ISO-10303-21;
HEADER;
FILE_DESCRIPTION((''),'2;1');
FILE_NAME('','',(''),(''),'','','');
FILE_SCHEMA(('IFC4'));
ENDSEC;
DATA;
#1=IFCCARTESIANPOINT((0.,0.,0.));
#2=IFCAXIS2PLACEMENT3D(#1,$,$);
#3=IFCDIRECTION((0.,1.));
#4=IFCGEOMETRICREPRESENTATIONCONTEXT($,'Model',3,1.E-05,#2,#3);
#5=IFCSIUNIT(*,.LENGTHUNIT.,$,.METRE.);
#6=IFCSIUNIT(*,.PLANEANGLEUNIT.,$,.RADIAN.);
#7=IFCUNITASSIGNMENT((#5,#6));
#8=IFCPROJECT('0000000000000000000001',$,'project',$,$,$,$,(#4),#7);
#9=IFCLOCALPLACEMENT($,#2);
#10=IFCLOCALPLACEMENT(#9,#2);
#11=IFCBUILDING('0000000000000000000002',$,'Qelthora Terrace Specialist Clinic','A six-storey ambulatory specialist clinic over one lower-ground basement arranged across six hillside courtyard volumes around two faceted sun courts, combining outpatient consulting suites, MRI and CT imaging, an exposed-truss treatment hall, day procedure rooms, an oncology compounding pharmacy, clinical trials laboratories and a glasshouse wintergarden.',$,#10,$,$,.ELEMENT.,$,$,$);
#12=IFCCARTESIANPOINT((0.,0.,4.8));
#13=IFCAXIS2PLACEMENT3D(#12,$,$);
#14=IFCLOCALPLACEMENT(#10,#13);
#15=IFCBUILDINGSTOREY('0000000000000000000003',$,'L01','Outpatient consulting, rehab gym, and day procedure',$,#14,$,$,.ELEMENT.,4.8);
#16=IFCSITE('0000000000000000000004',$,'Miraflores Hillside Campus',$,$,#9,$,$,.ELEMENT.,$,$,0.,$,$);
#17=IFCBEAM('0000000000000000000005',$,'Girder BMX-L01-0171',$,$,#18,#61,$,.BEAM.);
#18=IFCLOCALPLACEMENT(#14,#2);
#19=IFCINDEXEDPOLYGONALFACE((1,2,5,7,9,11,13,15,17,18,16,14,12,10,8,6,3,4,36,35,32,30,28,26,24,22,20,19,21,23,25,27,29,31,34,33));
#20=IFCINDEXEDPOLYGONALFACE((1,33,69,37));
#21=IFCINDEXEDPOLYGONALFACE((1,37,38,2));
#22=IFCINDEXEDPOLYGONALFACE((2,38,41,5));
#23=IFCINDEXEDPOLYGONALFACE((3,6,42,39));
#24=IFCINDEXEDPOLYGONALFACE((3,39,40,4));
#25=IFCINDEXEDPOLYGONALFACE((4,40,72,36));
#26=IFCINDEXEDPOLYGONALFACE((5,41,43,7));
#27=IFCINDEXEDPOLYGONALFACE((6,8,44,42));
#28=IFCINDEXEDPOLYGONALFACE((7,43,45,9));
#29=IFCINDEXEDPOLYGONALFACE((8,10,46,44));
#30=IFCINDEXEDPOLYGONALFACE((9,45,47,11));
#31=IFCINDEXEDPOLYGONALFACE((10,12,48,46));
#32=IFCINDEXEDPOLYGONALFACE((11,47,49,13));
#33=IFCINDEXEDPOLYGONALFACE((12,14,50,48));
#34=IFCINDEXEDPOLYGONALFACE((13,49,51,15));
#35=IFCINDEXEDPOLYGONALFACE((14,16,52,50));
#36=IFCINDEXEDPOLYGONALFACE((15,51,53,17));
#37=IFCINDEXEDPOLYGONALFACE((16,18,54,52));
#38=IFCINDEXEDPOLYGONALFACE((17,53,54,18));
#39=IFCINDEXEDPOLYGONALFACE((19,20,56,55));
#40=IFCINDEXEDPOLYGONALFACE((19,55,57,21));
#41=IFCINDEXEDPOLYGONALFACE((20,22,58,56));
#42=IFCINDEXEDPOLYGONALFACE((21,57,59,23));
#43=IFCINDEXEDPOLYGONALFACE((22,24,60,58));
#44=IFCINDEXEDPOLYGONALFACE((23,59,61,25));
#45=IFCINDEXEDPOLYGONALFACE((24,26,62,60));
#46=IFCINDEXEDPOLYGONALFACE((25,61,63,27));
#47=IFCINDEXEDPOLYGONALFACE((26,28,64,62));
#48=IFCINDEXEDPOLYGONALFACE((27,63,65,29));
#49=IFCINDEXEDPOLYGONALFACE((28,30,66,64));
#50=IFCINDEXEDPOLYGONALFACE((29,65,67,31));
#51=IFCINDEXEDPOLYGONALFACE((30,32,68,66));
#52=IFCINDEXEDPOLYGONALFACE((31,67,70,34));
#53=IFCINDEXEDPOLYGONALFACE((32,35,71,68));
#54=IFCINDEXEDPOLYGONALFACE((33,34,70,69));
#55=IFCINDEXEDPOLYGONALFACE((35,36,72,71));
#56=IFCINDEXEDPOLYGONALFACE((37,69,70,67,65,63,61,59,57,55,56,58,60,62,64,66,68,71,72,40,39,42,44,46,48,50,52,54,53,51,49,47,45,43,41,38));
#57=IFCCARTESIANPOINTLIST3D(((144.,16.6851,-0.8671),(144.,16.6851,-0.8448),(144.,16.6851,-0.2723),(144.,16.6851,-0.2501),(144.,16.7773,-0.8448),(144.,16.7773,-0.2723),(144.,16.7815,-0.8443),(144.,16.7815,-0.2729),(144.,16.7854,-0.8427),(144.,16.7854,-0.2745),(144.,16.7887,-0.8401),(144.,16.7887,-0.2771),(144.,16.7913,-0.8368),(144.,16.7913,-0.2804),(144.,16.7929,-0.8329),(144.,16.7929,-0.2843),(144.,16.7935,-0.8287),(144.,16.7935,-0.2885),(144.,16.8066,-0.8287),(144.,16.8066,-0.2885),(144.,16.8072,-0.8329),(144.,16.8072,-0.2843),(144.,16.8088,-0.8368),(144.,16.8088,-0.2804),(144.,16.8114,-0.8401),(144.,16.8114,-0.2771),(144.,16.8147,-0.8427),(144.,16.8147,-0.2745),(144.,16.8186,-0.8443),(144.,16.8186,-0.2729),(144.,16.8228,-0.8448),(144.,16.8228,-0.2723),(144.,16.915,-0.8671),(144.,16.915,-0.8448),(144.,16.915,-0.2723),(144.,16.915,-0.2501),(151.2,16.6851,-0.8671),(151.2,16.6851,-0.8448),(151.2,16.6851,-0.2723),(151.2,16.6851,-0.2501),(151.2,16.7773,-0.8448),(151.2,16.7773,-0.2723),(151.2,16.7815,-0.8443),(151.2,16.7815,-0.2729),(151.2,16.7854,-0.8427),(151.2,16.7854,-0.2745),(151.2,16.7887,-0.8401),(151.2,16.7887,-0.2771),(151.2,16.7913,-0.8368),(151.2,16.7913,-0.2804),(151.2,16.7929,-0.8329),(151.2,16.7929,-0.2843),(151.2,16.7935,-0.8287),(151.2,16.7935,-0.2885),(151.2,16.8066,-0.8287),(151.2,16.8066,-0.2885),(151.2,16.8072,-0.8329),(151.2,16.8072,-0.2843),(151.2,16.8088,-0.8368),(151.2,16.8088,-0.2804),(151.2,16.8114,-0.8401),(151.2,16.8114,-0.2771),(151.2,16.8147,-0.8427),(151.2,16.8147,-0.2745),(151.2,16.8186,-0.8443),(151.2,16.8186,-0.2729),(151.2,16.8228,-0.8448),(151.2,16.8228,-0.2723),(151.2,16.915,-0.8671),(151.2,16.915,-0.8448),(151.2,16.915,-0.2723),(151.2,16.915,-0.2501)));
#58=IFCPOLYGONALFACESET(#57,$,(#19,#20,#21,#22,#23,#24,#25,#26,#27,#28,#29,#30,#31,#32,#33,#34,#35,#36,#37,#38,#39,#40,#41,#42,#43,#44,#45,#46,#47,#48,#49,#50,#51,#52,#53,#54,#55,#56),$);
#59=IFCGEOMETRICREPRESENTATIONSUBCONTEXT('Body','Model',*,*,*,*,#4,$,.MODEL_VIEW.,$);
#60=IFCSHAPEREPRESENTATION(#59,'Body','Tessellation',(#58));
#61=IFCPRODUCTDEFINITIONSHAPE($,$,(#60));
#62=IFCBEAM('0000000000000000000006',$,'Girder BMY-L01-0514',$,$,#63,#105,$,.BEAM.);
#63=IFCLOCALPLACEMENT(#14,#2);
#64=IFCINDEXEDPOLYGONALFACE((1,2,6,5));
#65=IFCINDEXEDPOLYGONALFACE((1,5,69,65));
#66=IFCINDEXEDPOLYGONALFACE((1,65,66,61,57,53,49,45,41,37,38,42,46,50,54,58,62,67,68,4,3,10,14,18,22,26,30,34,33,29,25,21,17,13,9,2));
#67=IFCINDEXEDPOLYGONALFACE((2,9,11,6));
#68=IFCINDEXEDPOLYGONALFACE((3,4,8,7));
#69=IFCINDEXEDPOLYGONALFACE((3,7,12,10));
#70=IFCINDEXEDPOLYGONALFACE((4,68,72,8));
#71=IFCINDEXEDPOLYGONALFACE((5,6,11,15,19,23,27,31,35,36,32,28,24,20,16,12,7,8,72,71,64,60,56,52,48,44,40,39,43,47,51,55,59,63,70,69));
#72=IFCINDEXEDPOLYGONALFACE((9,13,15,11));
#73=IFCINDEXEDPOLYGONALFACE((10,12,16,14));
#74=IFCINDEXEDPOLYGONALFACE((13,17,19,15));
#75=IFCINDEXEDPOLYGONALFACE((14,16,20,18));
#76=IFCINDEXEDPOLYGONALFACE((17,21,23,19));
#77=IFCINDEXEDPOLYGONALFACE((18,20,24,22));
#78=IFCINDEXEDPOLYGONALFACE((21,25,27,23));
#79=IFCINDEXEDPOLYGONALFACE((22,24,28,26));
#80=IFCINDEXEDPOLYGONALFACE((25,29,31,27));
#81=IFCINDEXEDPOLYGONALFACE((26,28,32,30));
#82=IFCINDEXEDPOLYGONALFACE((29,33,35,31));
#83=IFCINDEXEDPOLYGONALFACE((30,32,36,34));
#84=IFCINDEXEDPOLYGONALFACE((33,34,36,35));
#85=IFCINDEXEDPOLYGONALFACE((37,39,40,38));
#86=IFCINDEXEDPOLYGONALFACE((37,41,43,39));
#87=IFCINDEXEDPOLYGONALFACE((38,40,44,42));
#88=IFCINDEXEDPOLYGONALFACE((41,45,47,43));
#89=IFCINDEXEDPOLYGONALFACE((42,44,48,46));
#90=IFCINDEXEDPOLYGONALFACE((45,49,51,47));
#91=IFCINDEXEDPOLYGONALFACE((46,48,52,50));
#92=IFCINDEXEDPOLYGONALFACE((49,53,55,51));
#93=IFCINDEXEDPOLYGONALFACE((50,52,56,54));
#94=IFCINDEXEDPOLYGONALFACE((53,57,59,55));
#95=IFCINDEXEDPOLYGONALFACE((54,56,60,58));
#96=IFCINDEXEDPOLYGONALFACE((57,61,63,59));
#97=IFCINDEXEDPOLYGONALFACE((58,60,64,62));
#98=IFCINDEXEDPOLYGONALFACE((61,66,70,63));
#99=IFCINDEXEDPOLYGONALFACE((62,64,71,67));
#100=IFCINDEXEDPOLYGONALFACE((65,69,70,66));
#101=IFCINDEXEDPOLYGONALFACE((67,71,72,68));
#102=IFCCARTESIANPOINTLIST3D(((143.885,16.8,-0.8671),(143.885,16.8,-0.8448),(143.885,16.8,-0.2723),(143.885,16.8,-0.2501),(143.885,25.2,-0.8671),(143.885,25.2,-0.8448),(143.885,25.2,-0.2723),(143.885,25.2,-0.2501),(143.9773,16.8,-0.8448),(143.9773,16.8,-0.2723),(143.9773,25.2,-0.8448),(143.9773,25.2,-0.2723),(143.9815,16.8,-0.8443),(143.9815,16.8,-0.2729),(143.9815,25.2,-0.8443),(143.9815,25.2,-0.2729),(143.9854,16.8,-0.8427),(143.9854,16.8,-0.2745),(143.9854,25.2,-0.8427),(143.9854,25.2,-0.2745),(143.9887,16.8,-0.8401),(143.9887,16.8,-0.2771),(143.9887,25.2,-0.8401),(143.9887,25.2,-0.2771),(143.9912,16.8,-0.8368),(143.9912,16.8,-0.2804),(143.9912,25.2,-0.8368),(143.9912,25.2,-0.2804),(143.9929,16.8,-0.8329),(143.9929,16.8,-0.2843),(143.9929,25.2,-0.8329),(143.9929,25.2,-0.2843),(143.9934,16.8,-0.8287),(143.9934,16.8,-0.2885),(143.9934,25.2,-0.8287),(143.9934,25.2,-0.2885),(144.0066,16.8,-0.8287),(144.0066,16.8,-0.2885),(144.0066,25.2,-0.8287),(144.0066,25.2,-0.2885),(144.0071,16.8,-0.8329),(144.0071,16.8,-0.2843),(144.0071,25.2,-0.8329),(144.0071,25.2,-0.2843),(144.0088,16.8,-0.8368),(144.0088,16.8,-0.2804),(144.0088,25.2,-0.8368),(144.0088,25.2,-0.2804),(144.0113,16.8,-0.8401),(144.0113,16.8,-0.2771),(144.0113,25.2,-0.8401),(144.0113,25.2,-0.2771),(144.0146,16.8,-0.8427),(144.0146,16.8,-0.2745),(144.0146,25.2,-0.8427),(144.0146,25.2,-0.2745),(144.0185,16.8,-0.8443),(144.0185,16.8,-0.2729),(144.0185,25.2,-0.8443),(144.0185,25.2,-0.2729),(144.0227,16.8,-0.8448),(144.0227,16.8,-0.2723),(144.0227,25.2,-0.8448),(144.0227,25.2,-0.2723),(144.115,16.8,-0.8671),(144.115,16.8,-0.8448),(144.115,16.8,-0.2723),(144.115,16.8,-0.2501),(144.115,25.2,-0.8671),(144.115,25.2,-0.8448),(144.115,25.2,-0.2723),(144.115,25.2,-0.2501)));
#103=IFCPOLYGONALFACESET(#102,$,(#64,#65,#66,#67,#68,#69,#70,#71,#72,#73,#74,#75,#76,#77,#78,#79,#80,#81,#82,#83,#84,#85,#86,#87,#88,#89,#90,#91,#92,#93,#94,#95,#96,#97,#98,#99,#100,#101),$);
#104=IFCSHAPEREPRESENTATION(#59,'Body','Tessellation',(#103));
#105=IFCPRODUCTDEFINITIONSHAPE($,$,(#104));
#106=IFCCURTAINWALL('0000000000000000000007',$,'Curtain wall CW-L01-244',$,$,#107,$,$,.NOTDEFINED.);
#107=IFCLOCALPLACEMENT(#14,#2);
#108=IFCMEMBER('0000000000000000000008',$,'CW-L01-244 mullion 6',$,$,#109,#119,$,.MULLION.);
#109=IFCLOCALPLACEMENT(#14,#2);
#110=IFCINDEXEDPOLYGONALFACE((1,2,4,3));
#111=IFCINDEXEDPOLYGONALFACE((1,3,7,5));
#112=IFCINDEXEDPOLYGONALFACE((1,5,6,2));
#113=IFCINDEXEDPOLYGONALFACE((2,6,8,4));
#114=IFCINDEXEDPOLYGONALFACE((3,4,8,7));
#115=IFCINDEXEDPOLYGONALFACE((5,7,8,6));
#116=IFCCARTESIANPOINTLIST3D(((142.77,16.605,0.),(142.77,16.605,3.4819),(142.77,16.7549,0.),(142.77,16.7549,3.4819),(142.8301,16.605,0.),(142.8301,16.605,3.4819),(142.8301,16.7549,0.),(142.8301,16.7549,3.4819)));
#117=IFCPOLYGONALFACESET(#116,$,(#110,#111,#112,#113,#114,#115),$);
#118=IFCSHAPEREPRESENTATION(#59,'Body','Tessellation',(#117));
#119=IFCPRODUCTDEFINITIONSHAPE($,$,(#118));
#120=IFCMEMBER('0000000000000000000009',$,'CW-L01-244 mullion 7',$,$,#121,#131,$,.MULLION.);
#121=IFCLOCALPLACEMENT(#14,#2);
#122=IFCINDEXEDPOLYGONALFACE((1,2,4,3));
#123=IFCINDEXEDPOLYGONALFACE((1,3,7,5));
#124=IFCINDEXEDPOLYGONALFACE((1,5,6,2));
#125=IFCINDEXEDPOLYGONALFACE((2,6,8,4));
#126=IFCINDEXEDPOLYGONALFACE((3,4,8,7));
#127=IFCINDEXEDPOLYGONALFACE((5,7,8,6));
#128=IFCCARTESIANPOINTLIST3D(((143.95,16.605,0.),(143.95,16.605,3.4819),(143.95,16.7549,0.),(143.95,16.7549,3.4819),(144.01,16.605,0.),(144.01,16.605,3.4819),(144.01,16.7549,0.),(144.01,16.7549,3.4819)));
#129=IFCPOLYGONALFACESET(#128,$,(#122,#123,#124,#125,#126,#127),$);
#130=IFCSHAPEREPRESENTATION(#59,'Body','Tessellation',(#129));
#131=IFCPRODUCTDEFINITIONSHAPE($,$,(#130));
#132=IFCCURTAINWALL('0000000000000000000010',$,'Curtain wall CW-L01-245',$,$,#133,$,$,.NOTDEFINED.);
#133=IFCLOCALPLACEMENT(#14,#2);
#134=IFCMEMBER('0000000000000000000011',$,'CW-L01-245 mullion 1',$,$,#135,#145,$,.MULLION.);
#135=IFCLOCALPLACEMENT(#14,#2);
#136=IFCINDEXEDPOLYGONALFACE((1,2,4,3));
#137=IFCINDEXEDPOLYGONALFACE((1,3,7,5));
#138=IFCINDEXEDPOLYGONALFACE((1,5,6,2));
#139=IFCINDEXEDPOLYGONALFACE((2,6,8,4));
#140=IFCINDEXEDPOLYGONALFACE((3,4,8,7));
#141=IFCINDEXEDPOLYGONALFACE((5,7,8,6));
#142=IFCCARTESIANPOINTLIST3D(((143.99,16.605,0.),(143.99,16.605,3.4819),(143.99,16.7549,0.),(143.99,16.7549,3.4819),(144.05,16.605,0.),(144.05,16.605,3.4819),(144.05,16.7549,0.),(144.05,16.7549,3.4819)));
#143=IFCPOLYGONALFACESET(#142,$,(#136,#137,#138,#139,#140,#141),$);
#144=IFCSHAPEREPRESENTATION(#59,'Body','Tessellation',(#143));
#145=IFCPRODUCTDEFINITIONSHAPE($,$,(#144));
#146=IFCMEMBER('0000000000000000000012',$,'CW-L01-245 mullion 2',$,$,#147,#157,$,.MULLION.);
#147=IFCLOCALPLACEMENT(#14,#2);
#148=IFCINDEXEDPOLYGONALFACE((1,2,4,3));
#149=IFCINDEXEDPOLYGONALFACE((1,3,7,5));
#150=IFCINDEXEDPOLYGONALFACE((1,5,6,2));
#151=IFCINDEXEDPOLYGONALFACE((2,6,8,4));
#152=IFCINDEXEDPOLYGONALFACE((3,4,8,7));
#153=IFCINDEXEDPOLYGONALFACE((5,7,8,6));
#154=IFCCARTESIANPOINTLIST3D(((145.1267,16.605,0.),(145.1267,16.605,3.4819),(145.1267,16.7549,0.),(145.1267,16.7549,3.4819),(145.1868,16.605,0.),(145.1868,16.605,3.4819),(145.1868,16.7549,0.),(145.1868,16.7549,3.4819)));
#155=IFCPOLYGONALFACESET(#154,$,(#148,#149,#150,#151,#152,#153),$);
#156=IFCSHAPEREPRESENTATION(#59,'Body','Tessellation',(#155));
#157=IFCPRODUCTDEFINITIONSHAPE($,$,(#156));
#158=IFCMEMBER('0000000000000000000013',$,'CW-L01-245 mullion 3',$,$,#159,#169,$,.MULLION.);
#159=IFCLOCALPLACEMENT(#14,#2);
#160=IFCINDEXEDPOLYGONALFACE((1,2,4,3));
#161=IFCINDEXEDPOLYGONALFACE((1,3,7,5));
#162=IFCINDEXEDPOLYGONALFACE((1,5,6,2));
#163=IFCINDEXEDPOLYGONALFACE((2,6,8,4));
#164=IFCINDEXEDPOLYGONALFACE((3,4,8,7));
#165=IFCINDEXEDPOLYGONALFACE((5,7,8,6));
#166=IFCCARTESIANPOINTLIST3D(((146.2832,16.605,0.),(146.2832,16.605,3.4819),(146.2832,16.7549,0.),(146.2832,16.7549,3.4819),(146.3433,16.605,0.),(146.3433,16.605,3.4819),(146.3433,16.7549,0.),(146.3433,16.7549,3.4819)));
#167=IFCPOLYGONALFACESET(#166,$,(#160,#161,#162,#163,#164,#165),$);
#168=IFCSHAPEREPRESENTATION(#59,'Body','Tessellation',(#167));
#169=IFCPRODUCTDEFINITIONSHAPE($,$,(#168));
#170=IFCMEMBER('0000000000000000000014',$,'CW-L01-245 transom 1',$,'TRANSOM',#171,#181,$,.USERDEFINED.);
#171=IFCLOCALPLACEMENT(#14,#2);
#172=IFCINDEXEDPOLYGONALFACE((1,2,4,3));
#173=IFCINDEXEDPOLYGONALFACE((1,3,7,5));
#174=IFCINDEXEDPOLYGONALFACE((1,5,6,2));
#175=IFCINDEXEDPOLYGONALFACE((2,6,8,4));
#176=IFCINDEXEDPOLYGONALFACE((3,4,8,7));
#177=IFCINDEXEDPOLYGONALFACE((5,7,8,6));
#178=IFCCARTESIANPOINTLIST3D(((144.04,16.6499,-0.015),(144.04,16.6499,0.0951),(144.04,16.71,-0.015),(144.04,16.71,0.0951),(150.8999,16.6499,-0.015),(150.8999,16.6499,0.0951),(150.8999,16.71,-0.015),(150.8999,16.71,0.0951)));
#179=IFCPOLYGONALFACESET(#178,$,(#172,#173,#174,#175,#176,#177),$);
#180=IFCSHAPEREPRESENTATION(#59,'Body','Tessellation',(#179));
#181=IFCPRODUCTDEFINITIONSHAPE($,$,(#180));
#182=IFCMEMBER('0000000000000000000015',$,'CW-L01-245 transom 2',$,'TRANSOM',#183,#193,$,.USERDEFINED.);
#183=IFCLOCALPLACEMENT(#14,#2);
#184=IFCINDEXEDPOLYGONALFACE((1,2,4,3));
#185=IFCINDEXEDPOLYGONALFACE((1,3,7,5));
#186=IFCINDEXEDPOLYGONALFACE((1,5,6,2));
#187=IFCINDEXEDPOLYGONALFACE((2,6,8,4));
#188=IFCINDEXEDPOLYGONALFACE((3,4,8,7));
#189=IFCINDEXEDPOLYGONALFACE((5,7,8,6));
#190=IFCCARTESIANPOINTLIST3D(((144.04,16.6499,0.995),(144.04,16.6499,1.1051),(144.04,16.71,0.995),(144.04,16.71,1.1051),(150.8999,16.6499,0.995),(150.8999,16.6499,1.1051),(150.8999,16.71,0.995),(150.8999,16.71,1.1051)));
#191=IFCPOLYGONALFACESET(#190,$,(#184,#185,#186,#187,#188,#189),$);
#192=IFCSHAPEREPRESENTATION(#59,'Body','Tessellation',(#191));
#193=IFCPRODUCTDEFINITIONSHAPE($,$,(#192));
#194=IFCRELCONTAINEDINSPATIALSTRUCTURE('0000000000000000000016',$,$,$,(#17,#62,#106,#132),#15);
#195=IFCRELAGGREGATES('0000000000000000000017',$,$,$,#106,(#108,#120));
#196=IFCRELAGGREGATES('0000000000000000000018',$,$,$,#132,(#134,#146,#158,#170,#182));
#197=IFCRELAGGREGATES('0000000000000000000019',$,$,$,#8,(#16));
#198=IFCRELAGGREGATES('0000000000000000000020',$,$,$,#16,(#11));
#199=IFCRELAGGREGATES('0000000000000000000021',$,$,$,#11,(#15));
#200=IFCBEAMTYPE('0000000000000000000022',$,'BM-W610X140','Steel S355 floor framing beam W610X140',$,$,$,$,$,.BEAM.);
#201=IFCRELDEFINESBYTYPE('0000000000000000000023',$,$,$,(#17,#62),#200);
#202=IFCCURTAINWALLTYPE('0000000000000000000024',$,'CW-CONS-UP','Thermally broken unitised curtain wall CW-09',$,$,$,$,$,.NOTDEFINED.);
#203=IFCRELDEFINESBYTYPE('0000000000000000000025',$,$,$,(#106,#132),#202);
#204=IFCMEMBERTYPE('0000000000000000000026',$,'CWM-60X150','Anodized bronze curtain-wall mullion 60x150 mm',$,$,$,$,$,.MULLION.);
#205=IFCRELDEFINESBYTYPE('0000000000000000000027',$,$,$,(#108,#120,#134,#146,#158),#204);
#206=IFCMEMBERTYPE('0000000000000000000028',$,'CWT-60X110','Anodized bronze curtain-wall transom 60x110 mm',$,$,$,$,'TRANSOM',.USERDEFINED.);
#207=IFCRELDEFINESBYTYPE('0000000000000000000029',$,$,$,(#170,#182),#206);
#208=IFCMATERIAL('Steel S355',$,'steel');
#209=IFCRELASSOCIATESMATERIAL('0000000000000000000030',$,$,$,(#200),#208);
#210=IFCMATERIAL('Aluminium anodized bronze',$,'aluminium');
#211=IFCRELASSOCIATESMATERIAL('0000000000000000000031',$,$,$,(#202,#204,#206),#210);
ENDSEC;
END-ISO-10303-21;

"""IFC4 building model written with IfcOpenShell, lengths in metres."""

from ifc_helpers import new_model, si_unit, direction, frame, origin, origin_2d, place, context, subcontext, project, spatial, rectangle, i_section, extrude, material, material_profile, profile_set, type_object, element, aggregate, save


model = new_model("IFC4")

# Units and contexts
model_context = context("Model", 3, precision=1e-05, world=origin(), true_north=direction((0.0, 1.0)))
body_context = subcontext(model_context, "Body", "Model", "MODEL_VIEW")
ifc_project = project(units=[si_unit("LENGTHUNIT", "METRE"), si_unit("PLANEANGLEUNIT", "RADIAN")], contexts=[model_context])

# Site, building, storey
site_placement = place(None, origin())
site = spatial("IfcSite", under=ifc_project, at=site_placement, Name="Miraflores Hillside Campus", CompositionType="ELEMENT", RefElevation=0.0)
building_placement = place(site_placement, origin())
building = spatial("IfcBuilding", under=site, at=building_placement, Name="Qelthora Terrace Specialist Clinic", Description="A six-storey ambulatory specialist clinic over one lower-ground basement arranged across six hillside courtyard volumes around two faceted sun courts, combining outpatient consulting suites, MRI and CT imaging, an exposed-truss treatment hall, day procedure rooms, an oncology compounding pharmacy, clinical trials laboratories and a glasshouse wintergarden.", CompositionType="ELEMENT")
storey_placement = place(building_placement, frame((0.0, 0.0, 4.8)))
storey = spatial("IfcBuildingStorey", under=building, at=storey_placement, Name="L01", Description="Outpatient consulting, rehab gym, and day procedure", CompositionType="ELEMENT", Elevation=4.8)

# Shared definitions
ifc_material_1 = material(Name="Steel S355", Category="steel")

# Beams
ifc_material_profile_1 = material_profile(ifc_material_1, i_section(OverallWidth=0.23, OverallDepth=0.6169, WebThickness=0.0132, FlangeThickness=0.0222, FilletRadius=0.0161, at=origin_2d()), Name="W610X140")
ifc_profile_set_1 = profile_set([ifc_material_profile_1], Name="Steel S355")
beam_type_1 = type_object("IfcBeamType", Name="BM-W610X140", Description="Steel S355 floor framing beam W610X140", PredefinedType="BEAM", material=ifc_profile_set_1)
beam_1_placement = place(storey_placement, frame((144.0, 16.8, -0.5586), z_axis=(1.0, 0.0, 0.0), x_axis=(0.0, 1.0, 0.0)))
element("IfcBeam", 1, at=beam_1_placement, inside=storey, type_object=beam_type_1, Name="Girder BMX-L01-0171", PredefinedType="BEAM", context=body_context, shape_type="SweptSolid", body=[
    extrude(i_section(OverallWidth=0.23, OverallDepth=0.6169, WebThickness=0.0132, FlangeThickness=0.0222, FilletRadius=0.0161, at=origin_2d()), origin(), (0.0, 0.0, 1.0), 7.2),
])
beam_2_placement = place(storey_placement, frame((144.0, 16.8, -0.5586), z_axis=(0.0, 1.0, 0.0), x_axis=(-1.0, 0.0, 0.0)))
element("IfcBeam", 2, at=beam_2_placement, inside=storey, type_object=beam_type_1, Name="Girder BMY-L01-0514", PredefinedType="BEAM", context=body_context, shape_type="SweptSolid", body=[
    extrude(i_section(OverallWidth=0.23, OverallDepth=0.6169, WebThickness=0.0132, FlangeThickness=0.0222, FilletRadius=0.0161, at=origin_2d()), origin(), (0.0, 0.0, 1.0), 8.3999),
])

# Curtain walls, members
ifc_material_2 = material(Name="Aluminium anodized bronze", Category="aluminium")
curtain_wall_type = type_object("IfcCurtainWallType", Name="CW-CONS-UP", Description="Thermally broken unitised curtain wall CW-09", PredefinedType="NOTDEFINED", material=ifc_material_2)
curtain_wall_1_placement = place(storey_placement, origin())
curtain_wall_1 = element("IfcCurtainWall", 3, at=curtain_wall_1_placement, inside=storey, type_object=curtain_wall_type, Name="Curtain wall CW-L01-244", PredefinedType="NOTDEFINED")
ifc_material_profile_2 = material_profile(ifc_material_2, rectangle(XDim=0.0601, YDim=0.1499, at=origin_2d()), Name="CWM60X150")
ifc_profile_set_2 = profile_set([ifc_material_profile_2], Name="Aluminium anodized bronze")
member_type_1 = type_object("IfcMemberType", Name="CWM-60X150", Description="Anodized bronze curtain-wall mullion 60x150 mm", PredefinedType="MULLION", material=ifc_profile_set_2)
member_1_placement = place(storey_placement, frame((142.8, 16.6799, 0.0), z_axis=(0.0, 0.0, 1.0), x_axis=(1.0, 0.0, 0.0)))
member_1 = element("IfcMember", 4, at=member_1_placement, type_object=member_type_1, Name="CW-L01-244 mullion 6", PredefinedType="MULLION", context=body_context, shape_type="SweptSolid", body=[
    extrude(rectangle(XDim=0.0601, YDim=0.1499, at=origin_2d()), origin(), (0.0, 0.0, 1.0), 3.4819),
])
member_2_placement = place(storey_placement, frame((143.98, 16.6799, 0.0), z_axis=(0.0, 0.0, 1.0), x_axis=(1.0, 0.0, 0.0)))
member_2 = element("IfcMember", 5, at=member_2_placement, type_object=member_type_1, Name="CW-L01-244 mullion 7", PredefinedType="MULLION", context=body_context, shape_type="SweptSolid", body=[
    extrude(rectangle(XDim=0.0601, YDim=0.1499, at=origin_2d()), origin(), (0.0, 0.0, 1.0), 3.4819),
])
curtain_wall_2_placement = place(storey_placement, origin())
curtain_wall_2 = element("IfcCurtainWall", 6, at=curtain_wall_2_placement, inside=storey, type_object=curtain_wall_type, Name="Curtain wall CW-L01-245", PredefinedType="NOTDEFINED")
member_3_placement = place(storey_placement, frame((144.02, 16.6799, 0.0), z_axis=(0.0, 0.0, 1.0), x_axis=(1.0, 0.0, 0.0)))
member_3 = element("IfcMember", 7, at=member_3_placement, type_object=member_type_1, Name="CW-L01-245 mullion 1", PredefinedType="MULLION", context=body_context, shape_type="SweptSolid", body=[
    extrude(rectangle(XDim=0.0601, YDim=0.1499, at=origin_2d()), origin(), (0.0, 0.0, 1.0), 3.4819),
])
member_4_placement = place(storey_placement, frame((145.1567, 16.6799, 0.0), z_axis=(0.0, 0.0, 1.0), x_axis=(1.0, 0.0, 0.0)))
member_4 = element("IfcMember", 8, at=member_4_placement, type_object=member_type_1, Name="CW-L01-245 mullion 2", PredefinedType="MULLION", context=body_context, shape_type="SweptSolid", body=[
    extrude(rectangle(XDim=0.0601, YDim=0.1499, at=origin_2d()), origin(), (0.0, 0.0, 1.0), 3.4819),
])
member_5_placement = place(storey_placement, frame((146.3132, 16.6799, 0.0), z_axis=(0.0, 0.0, 1.0), x_axis=(1.0, 0.0, 0.0)))
member_5 = element("IfcMember", 9, at=member_5_placement, type_object=member_type_1, Name="CW-L01-245 mullion 3", PredefinedType="MULLION", context=body_context, shape_type="SweptSolid", body=[
    extrude(rectangle(XDim=0.0601, YDim=0.1499, at=origin_2d()), origin(), (0.0, 0.0, 1.0), 3.4819),
])
ifc_material_profile_3 = material_profile(ifc_material_2, rectangle(XDim=0.0601, YDim=0.1101, at=origin_2d()), Name="CWT60X110")
ifc_profile_set_3 = profile_set([ifc_material_profile_3], Name="Aluminium anodized bronze")
member_type_2 = type_object("IfcMemberType", Name="CWT-60X110", Description="Anodized bronze curtain-wall transom 60x110 mm", ElementType="TRANSOM", PredefinedType="USERDEFINED", material=ifc_profile_set_3)
member_6_placement = place(storey_placement, frame((144.04, 16.6799, 0.04), z_axis=(1.0, 0.0, 0.0), x_axis=(0.0, 1.0, 0.0)))
member_6 = element("IfcMember", 10, at=member_6_placement, type_object=member_type_2, Name="CW-L01-245 transom 1", ObjectType="TRANSOM", PredefinedType="USERDEFINED", context=body_context, shape_type="SweptSolid", body=[
    extrude(rectangle(XDim=0.0601, YDim=0.1101, at=origin_2d()), origin(), (0.0, 0.0, 1.0), 6.8599),
])
member_7_placement = place(storey_placement, frame((144.04, 16.6799, 1.05), z_axis=(1.0, 0.0, 0.0), x_axis=(0.0, 1.0, 0.0)))
member_7 = element("IfcMember", 11, at=member_7_placement, type_object=member_type_2, Name="CW-L01-245 transom 2", ObjectType="TRANSOM", PredefinedType="USERDEFINED", context=body_context, shape_type="SweptSolid", body=[
    extrude(rectangle(XDim=0.0601, YDim=0.1101, at=origin_2d()), origin(), (0.0, 0.0, 1.0), 6.8599),
])

aggregate(curtain_wall_1, [member_1, member_2])
aggregate(curtain_wall_2, [member_3, member_4, member_5, member_6, member_7])

save(model, "model.ifc")
